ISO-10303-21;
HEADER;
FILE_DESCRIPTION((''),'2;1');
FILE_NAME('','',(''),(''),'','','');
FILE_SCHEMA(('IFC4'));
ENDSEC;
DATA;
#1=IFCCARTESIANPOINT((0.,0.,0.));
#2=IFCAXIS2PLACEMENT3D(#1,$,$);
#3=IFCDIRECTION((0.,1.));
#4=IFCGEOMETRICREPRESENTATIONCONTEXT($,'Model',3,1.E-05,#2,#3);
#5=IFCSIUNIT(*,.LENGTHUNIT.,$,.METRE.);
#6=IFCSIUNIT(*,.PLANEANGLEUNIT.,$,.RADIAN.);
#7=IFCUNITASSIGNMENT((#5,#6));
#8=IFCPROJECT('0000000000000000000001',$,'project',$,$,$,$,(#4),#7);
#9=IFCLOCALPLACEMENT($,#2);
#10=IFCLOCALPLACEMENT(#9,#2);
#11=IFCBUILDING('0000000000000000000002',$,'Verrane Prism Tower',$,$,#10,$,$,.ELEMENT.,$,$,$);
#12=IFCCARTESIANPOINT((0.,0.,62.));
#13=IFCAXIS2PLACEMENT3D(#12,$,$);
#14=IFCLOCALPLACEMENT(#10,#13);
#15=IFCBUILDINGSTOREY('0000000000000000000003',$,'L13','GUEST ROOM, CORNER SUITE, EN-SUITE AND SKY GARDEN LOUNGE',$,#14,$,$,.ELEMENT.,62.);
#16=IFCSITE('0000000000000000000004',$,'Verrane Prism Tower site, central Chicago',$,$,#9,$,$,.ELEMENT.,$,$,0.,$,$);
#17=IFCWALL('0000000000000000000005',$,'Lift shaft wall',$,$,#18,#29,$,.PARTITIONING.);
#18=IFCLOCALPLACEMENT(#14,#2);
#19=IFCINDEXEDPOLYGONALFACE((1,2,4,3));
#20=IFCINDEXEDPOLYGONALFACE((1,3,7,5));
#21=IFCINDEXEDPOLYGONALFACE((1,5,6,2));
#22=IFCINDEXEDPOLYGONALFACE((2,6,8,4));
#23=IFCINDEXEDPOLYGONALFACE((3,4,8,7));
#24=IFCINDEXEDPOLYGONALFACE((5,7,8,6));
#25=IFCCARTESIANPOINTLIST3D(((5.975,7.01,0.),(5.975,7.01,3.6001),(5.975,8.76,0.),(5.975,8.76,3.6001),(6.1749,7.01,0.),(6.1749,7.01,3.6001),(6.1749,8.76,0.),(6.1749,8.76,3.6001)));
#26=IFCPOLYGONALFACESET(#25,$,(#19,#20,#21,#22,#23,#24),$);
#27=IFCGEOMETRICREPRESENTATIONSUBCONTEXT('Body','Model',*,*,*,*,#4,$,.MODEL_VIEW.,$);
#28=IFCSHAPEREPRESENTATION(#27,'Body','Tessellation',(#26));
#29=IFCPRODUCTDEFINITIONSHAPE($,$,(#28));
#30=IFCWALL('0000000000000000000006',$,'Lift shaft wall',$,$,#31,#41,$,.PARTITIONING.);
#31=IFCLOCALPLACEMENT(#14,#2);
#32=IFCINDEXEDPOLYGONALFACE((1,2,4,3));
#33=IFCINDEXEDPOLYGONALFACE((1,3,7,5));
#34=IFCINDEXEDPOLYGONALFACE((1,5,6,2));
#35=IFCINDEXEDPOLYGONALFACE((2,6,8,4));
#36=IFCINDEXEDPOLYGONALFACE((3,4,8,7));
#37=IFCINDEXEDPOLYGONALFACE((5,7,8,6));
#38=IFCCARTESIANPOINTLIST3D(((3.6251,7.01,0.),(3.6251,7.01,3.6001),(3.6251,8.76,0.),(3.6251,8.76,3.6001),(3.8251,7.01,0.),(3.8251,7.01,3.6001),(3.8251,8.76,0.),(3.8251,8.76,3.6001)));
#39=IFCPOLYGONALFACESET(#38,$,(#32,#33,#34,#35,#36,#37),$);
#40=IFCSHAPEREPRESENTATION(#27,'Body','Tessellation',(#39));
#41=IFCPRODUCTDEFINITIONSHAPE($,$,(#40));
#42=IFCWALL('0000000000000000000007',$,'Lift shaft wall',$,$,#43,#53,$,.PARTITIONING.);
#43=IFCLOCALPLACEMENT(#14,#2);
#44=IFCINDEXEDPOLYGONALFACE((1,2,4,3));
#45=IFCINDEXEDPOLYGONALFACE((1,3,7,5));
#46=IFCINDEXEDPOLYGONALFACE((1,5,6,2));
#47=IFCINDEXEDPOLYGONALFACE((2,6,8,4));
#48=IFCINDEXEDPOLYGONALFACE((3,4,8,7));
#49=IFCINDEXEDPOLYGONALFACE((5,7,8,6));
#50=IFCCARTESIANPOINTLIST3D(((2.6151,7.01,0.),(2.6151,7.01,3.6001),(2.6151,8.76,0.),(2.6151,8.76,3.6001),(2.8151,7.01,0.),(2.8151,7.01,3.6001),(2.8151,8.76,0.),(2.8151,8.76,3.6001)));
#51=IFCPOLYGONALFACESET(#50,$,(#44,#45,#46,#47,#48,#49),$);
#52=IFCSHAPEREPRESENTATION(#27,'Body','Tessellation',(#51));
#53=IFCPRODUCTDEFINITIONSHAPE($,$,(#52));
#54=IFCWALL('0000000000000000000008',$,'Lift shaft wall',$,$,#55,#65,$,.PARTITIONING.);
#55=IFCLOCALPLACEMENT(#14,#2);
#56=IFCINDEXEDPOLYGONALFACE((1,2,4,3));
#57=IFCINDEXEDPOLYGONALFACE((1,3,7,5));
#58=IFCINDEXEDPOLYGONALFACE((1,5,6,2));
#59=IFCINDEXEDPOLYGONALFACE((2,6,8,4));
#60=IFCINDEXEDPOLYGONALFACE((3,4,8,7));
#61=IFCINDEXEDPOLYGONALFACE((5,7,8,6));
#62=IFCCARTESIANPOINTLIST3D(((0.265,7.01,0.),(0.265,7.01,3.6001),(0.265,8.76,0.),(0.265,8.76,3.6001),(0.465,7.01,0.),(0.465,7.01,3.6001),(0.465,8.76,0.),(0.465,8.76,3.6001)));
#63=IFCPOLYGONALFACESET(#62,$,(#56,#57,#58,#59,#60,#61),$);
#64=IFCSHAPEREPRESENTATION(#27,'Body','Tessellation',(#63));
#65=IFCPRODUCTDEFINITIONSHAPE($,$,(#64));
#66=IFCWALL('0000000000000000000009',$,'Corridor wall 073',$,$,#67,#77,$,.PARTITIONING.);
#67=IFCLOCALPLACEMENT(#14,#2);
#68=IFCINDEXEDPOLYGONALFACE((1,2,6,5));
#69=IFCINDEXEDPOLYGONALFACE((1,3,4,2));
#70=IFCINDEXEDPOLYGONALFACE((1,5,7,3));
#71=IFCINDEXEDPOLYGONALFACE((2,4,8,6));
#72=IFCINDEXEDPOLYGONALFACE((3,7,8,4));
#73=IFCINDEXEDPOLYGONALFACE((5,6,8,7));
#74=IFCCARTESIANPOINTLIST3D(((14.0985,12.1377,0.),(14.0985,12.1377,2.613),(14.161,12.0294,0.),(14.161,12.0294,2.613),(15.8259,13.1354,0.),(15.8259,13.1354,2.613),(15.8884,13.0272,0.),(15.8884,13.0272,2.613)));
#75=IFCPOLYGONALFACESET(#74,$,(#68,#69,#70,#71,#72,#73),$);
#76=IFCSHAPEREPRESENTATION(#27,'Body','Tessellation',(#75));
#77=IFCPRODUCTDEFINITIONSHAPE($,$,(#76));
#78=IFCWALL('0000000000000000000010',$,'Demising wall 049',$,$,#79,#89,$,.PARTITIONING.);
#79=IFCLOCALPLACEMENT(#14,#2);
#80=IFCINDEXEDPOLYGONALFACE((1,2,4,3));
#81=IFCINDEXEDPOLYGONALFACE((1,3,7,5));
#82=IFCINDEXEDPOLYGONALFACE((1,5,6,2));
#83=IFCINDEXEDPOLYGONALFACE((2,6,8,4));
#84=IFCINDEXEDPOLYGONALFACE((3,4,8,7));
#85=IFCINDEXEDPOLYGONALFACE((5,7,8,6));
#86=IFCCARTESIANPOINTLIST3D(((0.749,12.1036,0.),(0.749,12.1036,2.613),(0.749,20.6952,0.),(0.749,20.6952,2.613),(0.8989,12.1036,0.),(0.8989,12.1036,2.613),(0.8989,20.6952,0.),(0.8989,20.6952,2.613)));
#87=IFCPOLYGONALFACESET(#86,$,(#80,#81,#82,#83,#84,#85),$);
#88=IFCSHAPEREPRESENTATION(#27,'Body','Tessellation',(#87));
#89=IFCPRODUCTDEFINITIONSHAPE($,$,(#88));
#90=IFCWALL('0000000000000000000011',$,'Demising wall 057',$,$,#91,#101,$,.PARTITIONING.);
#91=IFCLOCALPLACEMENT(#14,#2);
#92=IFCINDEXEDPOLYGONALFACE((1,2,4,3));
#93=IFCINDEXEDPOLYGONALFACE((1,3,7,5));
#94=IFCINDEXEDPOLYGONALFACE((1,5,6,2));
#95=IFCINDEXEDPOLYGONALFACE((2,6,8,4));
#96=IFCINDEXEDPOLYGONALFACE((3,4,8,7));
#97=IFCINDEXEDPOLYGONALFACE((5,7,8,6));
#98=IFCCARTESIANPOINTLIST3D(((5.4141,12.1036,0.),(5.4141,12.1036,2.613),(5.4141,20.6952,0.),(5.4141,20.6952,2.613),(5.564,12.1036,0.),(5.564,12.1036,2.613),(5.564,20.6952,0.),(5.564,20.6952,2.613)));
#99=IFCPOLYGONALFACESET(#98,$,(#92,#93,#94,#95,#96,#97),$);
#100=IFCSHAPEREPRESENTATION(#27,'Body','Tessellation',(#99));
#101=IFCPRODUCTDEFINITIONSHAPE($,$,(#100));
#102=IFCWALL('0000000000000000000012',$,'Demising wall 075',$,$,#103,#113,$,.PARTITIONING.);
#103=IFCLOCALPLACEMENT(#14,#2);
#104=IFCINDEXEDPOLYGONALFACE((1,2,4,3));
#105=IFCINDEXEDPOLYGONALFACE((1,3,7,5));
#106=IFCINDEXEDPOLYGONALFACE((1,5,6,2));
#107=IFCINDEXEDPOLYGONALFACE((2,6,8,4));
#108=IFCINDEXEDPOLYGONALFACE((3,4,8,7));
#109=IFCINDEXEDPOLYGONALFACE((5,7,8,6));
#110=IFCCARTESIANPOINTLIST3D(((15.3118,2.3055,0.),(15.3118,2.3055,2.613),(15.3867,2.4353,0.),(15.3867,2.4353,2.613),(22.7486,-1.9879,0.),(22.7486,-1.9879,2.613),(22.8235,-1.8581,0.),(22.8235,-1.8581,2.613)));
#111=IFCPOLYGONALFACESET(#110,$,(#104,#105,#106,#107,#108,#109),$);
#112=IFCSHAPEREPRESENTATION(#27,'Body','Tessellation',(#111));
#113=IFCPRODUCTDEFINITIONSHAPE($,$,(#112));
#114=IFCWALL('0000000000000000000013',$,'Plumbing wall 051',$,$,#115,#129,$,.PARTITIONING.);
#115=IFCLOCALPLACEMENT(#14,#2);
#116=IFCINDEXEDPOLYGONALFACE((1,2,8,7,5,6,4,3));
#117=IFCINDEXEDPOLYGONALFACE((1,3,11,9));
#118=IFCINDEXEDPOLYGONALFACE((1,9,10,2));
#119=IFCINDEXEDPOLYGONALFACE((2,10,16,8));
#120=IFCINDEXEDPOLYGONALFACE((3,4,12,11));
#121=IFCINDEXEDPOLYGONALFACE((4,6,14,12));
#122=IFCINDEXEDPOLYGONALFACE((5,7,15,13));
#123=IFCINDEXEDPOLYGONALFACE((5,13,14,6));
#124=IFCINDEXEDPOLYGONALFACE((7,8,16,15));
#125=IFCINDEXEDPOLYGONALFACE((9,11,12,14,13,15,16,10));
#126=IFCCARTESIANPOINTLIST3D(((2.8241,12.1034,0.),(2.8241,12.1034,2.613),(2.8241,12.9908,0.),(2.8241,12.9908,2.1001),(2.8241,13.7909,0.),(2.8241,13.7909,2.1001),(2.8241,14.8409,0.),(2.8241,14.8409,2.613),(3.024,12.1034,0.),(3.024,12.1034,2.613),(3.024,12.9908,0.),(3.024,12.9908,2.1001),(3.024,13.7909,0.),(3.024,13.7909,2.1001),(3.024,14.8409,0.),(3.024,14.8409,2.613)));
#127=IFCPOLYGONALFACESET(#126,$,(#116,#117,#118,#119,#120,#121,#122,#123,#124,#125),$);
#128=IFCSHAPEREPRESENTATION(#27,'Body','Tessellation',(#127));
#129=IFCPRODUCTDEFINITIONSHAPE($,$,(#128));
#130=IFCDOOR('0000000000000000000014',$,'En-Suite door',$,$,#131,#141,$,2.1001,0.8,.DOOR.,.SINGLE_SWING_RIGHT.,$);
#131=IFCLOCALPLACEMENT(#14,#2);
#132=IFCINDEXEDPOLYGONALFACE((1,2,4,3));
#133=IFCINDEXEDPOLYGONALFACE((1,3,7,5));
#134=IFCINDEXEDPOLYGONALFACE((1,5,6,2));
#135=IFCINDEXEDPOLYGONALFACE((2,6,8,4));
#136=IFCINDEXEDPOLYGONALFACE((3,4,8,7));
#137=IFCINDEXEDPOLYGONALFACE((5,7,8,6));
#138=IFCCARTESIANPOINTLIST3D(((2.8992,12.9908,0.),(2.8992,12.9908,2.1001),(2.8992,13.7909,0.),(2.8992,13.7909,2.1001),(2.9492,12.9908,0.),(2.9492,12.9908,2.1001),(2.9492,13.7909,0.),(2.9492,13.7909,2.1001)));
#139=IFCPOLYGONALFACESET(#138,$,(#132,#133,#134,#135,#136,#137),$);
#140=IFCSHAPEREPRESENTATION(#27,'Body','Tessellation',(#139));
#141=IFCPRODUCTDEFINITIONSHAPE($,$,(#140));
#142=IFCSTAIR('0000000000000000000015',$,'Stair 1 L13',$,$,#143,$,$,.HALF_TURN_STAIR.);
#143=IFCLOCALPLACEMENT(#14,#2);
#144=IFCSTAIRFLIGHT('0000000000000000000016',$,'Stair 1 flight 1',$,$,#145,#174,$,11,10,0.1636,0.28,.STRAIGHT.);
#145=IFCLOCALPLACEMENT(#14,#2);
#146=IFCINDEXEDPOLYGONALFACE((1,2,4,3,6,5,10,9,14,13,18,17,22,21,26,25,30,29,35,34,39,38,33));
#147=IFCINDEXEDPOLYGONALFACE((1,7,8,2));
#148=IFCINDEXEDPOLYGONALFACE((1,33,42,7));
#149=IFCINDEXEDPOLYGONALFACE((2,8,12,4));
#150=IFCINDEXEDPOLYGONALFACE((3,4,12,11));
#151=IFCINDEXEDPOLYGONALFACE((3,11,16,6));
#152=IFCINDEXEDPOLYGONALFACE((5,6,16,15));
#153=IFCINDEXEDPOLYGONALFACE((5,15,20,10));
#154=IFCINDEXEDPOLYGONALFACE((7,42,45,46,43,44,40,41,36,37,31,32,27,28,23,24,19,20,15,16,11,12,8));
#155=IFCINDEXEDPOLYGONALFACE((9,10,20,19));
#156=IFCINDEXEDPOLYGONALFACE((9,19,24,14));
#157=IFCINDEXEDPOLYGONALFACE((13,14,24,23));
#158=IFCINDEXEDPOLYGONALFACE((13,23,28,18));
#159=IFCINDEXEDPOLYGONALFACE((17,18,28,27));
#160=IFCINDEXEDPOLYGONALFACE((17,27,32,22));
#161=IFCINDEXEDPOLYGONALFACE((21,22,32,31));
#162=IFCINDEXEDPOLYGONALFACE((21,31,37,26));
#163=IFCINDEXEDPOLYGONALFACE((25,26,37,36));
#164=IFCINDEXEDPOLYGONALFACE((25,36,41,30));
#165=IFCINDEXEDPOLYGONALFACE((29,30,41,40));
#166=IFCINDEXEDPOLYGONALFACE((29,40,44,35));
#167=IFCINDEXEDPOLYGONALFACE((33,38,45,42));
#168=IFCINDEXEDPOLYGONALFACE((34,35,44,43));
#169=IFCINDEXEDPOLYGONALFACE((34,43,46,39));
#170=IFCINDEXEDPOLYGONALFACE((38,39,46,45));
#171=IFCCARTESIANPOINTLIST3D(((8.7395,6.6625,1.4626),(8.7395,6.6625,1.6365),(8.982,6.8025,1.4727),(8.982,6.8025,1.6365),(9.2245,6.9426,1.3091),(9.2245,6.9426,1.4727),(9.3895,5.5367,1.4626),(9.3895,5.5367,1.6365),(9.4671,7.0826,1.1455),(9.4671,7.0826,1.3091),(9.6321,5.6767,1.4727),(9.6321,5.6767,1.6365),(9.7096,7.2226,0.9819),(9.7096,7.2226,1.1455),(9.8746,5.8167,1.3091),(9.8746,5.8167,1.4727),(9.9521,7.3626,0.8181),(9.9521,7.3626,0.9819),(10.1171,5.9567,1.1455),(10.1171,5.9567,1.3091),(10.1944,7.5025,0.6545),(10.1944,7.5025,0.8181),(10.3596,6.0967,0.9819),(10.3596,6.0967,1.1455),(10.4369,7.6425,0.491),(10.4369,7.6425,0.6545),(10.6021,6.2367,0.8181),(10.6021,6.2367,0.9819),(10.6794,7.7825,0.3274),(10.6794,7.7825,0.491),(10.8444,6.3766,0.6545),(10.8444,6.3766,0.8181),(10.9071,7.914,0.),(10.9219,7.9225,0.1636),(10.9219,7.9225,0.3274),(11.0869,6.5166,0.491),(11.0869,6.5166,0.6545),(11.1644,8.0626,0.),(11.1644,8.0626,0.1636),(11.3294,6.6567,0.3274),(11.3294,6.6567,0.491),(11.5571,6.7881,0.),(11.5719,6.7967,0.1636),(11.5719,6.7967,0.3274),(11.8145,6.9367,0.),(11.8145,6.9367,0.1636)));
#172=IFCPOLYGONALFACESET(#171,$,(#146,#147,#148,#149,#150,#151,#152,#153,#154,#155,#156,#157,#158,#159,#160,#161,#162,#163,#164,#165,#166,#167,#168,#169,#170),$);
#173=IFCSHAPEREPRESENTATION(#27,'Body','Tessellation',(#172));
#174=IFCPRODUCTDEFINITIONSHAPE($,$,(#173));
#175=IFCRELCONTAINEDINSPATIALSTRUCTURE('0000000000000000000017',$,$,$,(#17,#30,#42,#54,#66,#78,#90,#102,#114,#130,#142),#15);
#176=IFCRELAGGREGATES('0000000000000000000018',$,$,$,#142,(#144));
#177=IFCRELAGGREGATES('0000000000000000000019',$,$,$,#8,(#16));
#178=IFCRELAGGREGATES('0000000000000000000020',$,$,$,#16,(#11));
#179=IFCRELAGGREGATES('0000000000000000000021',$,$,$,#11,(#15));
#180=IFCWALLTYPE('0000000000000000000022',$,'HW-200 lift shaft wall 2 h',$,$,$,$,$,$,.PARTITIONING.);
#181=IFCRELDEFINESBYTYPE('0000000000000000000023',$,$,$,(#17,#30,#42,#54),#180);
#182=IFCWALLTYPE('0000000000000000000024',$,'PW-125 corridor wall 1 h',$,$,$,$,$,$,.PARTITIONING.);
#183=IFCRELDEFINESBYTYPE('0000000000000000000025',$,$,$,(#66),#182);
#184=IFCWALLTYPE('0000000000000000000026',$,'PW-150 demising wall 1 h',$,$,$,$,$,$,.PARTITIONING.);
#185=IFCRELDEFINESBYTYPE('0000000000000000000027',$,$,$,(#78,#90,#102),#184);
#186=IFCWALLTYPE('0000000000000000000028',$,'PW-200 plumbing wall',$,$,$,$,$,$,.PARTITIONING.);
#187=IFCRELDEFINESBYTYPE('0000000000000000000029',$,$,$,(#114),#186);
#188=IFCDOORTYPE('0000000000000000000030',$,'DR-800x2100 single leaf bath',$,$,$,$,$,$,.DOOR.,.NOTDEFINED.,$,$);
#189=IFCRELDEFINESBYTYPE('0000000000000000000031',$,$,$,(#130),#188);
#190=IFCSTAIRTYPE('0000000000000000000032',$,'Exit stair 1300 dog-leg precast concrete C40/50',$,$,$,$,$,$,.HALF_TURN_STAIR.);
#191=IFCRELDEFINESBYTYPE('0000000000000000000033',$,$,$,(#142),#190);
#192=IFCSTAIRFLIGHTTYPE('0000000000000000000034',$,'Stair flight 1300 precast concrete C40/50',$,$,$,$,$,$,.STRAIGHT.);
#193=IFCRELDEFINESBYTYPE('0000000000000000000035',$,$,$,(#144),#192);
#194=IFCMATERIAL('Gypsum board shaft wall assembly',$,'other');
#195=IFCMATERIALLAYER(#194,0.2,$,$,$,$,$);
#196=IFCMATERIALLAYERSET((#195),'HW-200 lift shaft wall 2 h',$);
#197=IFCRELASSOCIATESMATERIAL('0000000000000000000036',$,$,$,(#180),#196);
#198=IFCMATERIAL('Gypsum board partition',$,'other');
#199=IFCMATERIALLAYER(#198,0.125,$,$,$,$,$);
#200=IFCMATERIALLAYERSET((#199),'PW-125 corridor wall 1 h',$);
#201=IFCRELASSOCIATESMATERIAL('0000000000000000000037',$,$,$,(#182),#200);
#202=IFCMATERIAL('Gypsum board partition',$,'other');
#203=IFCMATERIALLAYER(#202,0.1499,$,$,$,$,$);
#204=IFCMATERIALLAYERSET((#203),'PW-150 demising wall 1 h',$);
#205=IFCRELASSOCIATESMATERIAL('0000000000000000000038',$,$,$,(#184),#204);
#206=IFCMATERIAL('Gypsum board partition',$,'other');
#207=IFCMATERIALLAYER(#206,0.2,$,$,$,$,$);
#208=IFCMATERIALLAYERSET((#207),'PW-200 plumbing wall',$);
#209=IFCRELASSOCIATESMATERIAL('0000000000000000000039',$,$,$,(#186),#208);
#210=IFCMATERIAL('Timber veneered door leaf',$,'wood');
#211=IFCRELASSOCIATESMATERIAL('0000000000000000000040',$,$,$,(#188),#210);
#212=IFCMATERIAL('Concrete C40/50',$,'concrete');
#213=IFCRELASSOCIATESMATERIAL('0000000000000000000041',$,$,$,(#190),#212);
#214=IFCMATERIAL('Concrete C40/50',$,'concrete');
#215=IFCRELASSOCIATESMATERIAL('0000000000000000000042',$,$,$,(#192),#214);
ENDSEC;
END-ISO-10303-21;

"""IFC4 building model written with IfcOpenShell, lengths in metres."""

from ifc_helpers import new_model, si_unit, direction, frame, frame_2d, origin, place, context, subcontext, project, spatial, polyline, rectangle, outline, extrude, material, layer, layer_set, type_object, element, fill, aggregate, save


model = new_model("IFC4")

# Units and contexts
model_context = context("Model", 3, precision=1e-05, world=origin(), true_north=direction((0.0, 1.0)))
body_context = subcontext(model_context, "Body", "Model", "MODEL_VIEW")
ifc_project = project(units=[si_unit("LENGTHUNIT", "METRE"), si_unit("PLANEANGLEUNIT", "RADIAN")], contexts=[model_context])

# Site, building, storey
site_placement = place(None, origin())
site = spatial("IfcSite", under=ifc_project, at=site_placement, Name="Verrane Prism Tower site, central Chicago", CompositionType="ELEMENT", RefElevation=0.0)
building_placement = place(site_placement, origin())
building = spatial("IfcBuilding", under=site, at=building_placement, Name="Verrane Prism Tower", CompositionType="ELEMENT")
storey_placement = place(building_placement, frame((0.0, 0.0, 62.0)))
storey = spatial("IfcBuildingStorey", under=building, at=storey_placement, Name="L13", Description="GUEST ROOM, CORNER SUITE, EN-SUITE AND SKY GARDEN LOUNGE", CompositionType="ELEMENT", Elevation=62.0)

# Shared definitions
ifc_material_1 = material(Name="Gypsum board shaft wall assembly", Category="other")
ifc_layer_1 = layer(ifc_material_1, 0.2)
ifc_layer_set_1 = layer_set([ifc_layer_1], Name="HW-200 lift shaft wall 2 h")
wall_type_1 = type_object("IfcWallType", Name="HW-200 lift shaft wall 2 h", PredefinedType="PARTITIONING", material=ifc_layer_set_1)

# Walls
for number, where, z_axis, x_axis, name in (
    (1, (6.075, 7.01, 0.0), (0.0, 0.0, 1.0), (0.0, 1.0, 0.0), "Lift shaft wall"),
    (2, (3.7251, 7.01, 0.0), (0.0, 0.0, 1.0), (0.0, 1.0, 0.0), "Lift shaft wall"),
    (3, (2.7151, 7.01, 0.0), (0.0, 0.0, 1.0), (0.0, 1.0, 0.0), "Lift shaft wall"),
    (4, (0.365, 7.01, 0.0), (0.0, 0.0, 1.0), (0.0, 1.0, 0.0), "Lift shaft wall"),
):
    element("IfcWall", number, at=place(storey_placement, frame(where, z_axis=z_axis, x_axis=x_axis)), inside=storey, type_object=wall_type_1, Name=name, PredefinedType="PARTITIONING", context=body_context, shape_type="SweptSolid", body=[
        extrude(rectangle(XDim=1.75, YDim=0.2, at=frame_2d((0.875, 0.0))), origin(), (0.0, 0.0, 1.0), 3.6001),
    ])
ifc_material_2 = material(Name="Gypsum board partition", Category="other")
ifc_layer_2 = layer(ifc_material_2, 0.125)
ifc_layer_set_2 = layer_set([ifc_layer_2], Name="PW-125 corridor wall 1 h")
wall_type_2 = type_object("IfcWallType", Name="PW-125 corridor wall 1 h", PredefinedType="PARTITIONING", material=ifc_layer_set_2)
wall_1_placement = place(storey_placement, frame((14.1296, 12.0835, 0.0), z_axis=(0.0, 0.0, 1.0), x_axis=(0.865937, 0.500153, 0.0)))
element("IfcWall", 5, at=wall_1_placement, inside=storey, type_object=wall_type_2, Name="Corridor wall 073", PredefinedType="PARTITIONING", context=body_context, shape_type="SweptSolid", body=[
    extrude(rectangle(XDim=1.9949, YDim=0.125, at=frame_2d((0.9976, 0.0))), origin(), (0.0, 0.0, 1.0), 2.613),
])
ifc_material_3 = material(Name="Gypsum board partition", Category="other")
ifc_layer_3 = layer(ifc_material_3, 0.1499)
ifc_layer_set_3 = layer_set([ifc_layer_3], Name="PW-150 demising wall 1 h")
wall_type_3 = type_object("IfcWallType", Name="PW-150 demising wall 1 h", PredefinedType="PARTITIONING", material=ifc_layer_set_3)
for number, where, z_axis, x_axis, name in (
    (6, (0.824, 12.1035, 0.0), (0.0, 0.0, 1.0), (0.0, 1.0, 0.0), "Demising wall 049"),
    (7, (5.489, 12.1035, 0.0), (0.0, 0.0, 1.0), (0.0, 1.0, 0.0), "Demising wall 057"),
):
    element("IfcWall", number, at=place(storey_placement, frame(where, z_axis=z_axis, x_axis=x_axis)), inside=storey, type_object=wall_type_3, Name=name, PredefinedType="PARTITIONING", context=body_context, shape_type="SweptSolid", body=[
        extrude(rectangle(XDim=8.5916, YDim=0.1499, at=frame_2d((4.2959, 0.0))), origin(), (0.0, 0.0, 1.0), 2.613),
    ])
wall_2_placement = place(storey_placement, frame((15.3494, 2.3704, 0.0), z_axis=(0.0, 0.0, 1.0), x_axis=(0.866034, -0.499986, 0.0)))
element("IfcWall", 8, at=wall_2_placement, inside=storey, type_object=wall_type_3, Name="Demising wall 075", PredefinedType="PARTITIONING", context=body_context, shape_type="SweptSolid", body=[
    extrude(rectangle(XDim=8.5872, YDim=0.1499, at=frame_2d((4.2935, 0.0))), origin(), (0.0, 0.0, 1.0), 2.613),
])

# Wall, opening, door
ifc_material_4 = material(Name="Gypsum board partition", Category="other")
ifc_layer_4 = layer(ifc_material_4, 0.2)
ifc_layer_set_4 = layer_set([ifc_layer_4], Name="PW-200 plumbing wall")
wall_type_4 = type_object("IfcWallType", Name="PW-200 plumbing wall", PredefinedType="PARTITIONING", material=ifc_layer_set_4)
wall_3_placement = place(storey_placement, frame((2.9241, 12.1035, 0.0), z_axis=(0.0, 0.0, 1.0), x_axis=(0.0, 1.0, 0.0)))
wall_3 = element("IfcWall", 9, at=wall_3_placement, inside=storey, type_object=wall_type_4, Name="Plumbing wall 051", PredefinedType="PARTITIONING", context=body_context, shape_type="SweptSolid", body=[
    extrude(rectangle(XDim=2.7375, YDim=0.2, at=frame_2d((1.3687, 0.0))), origin(), (0.0, 0.0, 1.0), 2.613),
])
opening_1_placement = place(wall_3_placement, frame((0.8875, 0.0, 0.0)))
opening_1 = element("IfcOpeningElement", 10, at=opening_1_placement, cuts=wall_3, PredefinedType="OPENING", context=body_context, shape_type="SweptSolid", body=[
    extrude(rectangle(XDim=0.8, YDim=2.1001, at=frame_2d((0.3999, 1.05))), frame((0.0, 0.1099, 0.0), z_axis=(0.0, -1.0, 0.0), x_axis=(1.0, 0.0, 0.0)), (0.0, 0.0, 1.0), 0.22),
])
ifc_material_5 = material(Name="Timber veneered door leaf", Category="wood")
door_type_1 = type_object("IfcDoorType", Name="DR-800x2100 single leaf bath", OperationType="NOTDEFINED", PredefinedType="DOOR", material=ifc_material_5)
door_1_placement = place(opening_1_placement, origin())
door_1 = element("IfcDoor", 11, at=door_1_placement, inside=storey, type_object=door_type_1, Name="En-Suite door", OperationType="SINGLE_SWING_RIGHT", OverallHeight=2.1001, OverallWidth=0.8, PredefinedType="DOOR", context=body_context, shape_type="SweptSolid", body=[
    extrude(rectangle(XDim=0.8, YDim=2.1001, at=frame_2d((0.3999, 1.05))), frame((0.0, 0.0249, 0.0), z_axis=(0.0, -1.0, 0.0), x_axis=(1.0, 0.0, 0.0)), (0.0, 0.0, 1.0), 0.05),
])
fill(opening_1, door_1)

# Stair, stair flight
ifc_material_6 = material(Name="Concrete C40/50", Category="concrete")
stair_type = type_object("IfcStairType", Name="Exit stair 1300 dog-leg precast concrete C40/50", PredefinedType="HALF_TURN_STAIR", material=ifc_material_6)
stair_placement = place(storey_placement, origin())
stair = element("IfcStair", 12, at=stair_placement, inside=storey, type_object=stair_type, Name="Stair 1 L13", PredefinedType="HALF_TURN_STAIR")
ifc_material_7 = material(Name="Concrete C40/50", Category="concrete")
stair_flight_type = type_object("IfcStairFlightType", Name="Stair flight 1300 precast concrete C40/50", PredefinedType="STRAIGHT", material=ifc_material_7)
stair_flight_1_placement = place(storey_placement, frame((11.4895, 7.4995, 0.0), z_axis=(0.0, 0.0, 1.0), x_axis=(-0.866025, -0.5, 0.0)))
stair_flight_1 = element("IfcStairFlight", 13, at=stair_flight_1_placement, type_object=stair_flight_type, Name="Stair 1 flight 1", NumberOfRisers=11, NumberOfTreads=10, PredefinedType="STRAIGHT", RiserHeight=0.1636, TreadLength=0.28, context=body_context, shape_type="SweptSolid", body=[
    extrude(outline(polyline([(0.0, 0.0), (0.0, 0.1636), (0.28, 0.1636), (0.28, 0.3274), (0.5601, 0.3274), (0.5601, 0.491), (0.8401, 0.491), (0.8401, 0.6545), (1.1201, 0.6545), (1.1201, 0.8181), (1.3999, 0.8181), (1.3999, 0.9819), (1.6799, 0.9819), (1.6799, 1.1455), (1.96, 1.1455), (1.96, 1.3091), (2.24, 1.3091), (2.24, 1.4727), (2.52, 1.4727), (2.52, 1.6365), (2.8, 1.6365), (2.8, 1.8), (2.8, 1.4626), (0.2971, 0.0), (0.0, 0.0)])), frame((0.0, 0.6499, 0.0), z_axis=(0.0, -1.0, 0.0), x_axis=(1.0, 0.0, 0.0)), (0.0, 0.0, 1.0), 1.3),
])
aggregate(stair, [stair_flight_1])

save(model, "model.ifc")
